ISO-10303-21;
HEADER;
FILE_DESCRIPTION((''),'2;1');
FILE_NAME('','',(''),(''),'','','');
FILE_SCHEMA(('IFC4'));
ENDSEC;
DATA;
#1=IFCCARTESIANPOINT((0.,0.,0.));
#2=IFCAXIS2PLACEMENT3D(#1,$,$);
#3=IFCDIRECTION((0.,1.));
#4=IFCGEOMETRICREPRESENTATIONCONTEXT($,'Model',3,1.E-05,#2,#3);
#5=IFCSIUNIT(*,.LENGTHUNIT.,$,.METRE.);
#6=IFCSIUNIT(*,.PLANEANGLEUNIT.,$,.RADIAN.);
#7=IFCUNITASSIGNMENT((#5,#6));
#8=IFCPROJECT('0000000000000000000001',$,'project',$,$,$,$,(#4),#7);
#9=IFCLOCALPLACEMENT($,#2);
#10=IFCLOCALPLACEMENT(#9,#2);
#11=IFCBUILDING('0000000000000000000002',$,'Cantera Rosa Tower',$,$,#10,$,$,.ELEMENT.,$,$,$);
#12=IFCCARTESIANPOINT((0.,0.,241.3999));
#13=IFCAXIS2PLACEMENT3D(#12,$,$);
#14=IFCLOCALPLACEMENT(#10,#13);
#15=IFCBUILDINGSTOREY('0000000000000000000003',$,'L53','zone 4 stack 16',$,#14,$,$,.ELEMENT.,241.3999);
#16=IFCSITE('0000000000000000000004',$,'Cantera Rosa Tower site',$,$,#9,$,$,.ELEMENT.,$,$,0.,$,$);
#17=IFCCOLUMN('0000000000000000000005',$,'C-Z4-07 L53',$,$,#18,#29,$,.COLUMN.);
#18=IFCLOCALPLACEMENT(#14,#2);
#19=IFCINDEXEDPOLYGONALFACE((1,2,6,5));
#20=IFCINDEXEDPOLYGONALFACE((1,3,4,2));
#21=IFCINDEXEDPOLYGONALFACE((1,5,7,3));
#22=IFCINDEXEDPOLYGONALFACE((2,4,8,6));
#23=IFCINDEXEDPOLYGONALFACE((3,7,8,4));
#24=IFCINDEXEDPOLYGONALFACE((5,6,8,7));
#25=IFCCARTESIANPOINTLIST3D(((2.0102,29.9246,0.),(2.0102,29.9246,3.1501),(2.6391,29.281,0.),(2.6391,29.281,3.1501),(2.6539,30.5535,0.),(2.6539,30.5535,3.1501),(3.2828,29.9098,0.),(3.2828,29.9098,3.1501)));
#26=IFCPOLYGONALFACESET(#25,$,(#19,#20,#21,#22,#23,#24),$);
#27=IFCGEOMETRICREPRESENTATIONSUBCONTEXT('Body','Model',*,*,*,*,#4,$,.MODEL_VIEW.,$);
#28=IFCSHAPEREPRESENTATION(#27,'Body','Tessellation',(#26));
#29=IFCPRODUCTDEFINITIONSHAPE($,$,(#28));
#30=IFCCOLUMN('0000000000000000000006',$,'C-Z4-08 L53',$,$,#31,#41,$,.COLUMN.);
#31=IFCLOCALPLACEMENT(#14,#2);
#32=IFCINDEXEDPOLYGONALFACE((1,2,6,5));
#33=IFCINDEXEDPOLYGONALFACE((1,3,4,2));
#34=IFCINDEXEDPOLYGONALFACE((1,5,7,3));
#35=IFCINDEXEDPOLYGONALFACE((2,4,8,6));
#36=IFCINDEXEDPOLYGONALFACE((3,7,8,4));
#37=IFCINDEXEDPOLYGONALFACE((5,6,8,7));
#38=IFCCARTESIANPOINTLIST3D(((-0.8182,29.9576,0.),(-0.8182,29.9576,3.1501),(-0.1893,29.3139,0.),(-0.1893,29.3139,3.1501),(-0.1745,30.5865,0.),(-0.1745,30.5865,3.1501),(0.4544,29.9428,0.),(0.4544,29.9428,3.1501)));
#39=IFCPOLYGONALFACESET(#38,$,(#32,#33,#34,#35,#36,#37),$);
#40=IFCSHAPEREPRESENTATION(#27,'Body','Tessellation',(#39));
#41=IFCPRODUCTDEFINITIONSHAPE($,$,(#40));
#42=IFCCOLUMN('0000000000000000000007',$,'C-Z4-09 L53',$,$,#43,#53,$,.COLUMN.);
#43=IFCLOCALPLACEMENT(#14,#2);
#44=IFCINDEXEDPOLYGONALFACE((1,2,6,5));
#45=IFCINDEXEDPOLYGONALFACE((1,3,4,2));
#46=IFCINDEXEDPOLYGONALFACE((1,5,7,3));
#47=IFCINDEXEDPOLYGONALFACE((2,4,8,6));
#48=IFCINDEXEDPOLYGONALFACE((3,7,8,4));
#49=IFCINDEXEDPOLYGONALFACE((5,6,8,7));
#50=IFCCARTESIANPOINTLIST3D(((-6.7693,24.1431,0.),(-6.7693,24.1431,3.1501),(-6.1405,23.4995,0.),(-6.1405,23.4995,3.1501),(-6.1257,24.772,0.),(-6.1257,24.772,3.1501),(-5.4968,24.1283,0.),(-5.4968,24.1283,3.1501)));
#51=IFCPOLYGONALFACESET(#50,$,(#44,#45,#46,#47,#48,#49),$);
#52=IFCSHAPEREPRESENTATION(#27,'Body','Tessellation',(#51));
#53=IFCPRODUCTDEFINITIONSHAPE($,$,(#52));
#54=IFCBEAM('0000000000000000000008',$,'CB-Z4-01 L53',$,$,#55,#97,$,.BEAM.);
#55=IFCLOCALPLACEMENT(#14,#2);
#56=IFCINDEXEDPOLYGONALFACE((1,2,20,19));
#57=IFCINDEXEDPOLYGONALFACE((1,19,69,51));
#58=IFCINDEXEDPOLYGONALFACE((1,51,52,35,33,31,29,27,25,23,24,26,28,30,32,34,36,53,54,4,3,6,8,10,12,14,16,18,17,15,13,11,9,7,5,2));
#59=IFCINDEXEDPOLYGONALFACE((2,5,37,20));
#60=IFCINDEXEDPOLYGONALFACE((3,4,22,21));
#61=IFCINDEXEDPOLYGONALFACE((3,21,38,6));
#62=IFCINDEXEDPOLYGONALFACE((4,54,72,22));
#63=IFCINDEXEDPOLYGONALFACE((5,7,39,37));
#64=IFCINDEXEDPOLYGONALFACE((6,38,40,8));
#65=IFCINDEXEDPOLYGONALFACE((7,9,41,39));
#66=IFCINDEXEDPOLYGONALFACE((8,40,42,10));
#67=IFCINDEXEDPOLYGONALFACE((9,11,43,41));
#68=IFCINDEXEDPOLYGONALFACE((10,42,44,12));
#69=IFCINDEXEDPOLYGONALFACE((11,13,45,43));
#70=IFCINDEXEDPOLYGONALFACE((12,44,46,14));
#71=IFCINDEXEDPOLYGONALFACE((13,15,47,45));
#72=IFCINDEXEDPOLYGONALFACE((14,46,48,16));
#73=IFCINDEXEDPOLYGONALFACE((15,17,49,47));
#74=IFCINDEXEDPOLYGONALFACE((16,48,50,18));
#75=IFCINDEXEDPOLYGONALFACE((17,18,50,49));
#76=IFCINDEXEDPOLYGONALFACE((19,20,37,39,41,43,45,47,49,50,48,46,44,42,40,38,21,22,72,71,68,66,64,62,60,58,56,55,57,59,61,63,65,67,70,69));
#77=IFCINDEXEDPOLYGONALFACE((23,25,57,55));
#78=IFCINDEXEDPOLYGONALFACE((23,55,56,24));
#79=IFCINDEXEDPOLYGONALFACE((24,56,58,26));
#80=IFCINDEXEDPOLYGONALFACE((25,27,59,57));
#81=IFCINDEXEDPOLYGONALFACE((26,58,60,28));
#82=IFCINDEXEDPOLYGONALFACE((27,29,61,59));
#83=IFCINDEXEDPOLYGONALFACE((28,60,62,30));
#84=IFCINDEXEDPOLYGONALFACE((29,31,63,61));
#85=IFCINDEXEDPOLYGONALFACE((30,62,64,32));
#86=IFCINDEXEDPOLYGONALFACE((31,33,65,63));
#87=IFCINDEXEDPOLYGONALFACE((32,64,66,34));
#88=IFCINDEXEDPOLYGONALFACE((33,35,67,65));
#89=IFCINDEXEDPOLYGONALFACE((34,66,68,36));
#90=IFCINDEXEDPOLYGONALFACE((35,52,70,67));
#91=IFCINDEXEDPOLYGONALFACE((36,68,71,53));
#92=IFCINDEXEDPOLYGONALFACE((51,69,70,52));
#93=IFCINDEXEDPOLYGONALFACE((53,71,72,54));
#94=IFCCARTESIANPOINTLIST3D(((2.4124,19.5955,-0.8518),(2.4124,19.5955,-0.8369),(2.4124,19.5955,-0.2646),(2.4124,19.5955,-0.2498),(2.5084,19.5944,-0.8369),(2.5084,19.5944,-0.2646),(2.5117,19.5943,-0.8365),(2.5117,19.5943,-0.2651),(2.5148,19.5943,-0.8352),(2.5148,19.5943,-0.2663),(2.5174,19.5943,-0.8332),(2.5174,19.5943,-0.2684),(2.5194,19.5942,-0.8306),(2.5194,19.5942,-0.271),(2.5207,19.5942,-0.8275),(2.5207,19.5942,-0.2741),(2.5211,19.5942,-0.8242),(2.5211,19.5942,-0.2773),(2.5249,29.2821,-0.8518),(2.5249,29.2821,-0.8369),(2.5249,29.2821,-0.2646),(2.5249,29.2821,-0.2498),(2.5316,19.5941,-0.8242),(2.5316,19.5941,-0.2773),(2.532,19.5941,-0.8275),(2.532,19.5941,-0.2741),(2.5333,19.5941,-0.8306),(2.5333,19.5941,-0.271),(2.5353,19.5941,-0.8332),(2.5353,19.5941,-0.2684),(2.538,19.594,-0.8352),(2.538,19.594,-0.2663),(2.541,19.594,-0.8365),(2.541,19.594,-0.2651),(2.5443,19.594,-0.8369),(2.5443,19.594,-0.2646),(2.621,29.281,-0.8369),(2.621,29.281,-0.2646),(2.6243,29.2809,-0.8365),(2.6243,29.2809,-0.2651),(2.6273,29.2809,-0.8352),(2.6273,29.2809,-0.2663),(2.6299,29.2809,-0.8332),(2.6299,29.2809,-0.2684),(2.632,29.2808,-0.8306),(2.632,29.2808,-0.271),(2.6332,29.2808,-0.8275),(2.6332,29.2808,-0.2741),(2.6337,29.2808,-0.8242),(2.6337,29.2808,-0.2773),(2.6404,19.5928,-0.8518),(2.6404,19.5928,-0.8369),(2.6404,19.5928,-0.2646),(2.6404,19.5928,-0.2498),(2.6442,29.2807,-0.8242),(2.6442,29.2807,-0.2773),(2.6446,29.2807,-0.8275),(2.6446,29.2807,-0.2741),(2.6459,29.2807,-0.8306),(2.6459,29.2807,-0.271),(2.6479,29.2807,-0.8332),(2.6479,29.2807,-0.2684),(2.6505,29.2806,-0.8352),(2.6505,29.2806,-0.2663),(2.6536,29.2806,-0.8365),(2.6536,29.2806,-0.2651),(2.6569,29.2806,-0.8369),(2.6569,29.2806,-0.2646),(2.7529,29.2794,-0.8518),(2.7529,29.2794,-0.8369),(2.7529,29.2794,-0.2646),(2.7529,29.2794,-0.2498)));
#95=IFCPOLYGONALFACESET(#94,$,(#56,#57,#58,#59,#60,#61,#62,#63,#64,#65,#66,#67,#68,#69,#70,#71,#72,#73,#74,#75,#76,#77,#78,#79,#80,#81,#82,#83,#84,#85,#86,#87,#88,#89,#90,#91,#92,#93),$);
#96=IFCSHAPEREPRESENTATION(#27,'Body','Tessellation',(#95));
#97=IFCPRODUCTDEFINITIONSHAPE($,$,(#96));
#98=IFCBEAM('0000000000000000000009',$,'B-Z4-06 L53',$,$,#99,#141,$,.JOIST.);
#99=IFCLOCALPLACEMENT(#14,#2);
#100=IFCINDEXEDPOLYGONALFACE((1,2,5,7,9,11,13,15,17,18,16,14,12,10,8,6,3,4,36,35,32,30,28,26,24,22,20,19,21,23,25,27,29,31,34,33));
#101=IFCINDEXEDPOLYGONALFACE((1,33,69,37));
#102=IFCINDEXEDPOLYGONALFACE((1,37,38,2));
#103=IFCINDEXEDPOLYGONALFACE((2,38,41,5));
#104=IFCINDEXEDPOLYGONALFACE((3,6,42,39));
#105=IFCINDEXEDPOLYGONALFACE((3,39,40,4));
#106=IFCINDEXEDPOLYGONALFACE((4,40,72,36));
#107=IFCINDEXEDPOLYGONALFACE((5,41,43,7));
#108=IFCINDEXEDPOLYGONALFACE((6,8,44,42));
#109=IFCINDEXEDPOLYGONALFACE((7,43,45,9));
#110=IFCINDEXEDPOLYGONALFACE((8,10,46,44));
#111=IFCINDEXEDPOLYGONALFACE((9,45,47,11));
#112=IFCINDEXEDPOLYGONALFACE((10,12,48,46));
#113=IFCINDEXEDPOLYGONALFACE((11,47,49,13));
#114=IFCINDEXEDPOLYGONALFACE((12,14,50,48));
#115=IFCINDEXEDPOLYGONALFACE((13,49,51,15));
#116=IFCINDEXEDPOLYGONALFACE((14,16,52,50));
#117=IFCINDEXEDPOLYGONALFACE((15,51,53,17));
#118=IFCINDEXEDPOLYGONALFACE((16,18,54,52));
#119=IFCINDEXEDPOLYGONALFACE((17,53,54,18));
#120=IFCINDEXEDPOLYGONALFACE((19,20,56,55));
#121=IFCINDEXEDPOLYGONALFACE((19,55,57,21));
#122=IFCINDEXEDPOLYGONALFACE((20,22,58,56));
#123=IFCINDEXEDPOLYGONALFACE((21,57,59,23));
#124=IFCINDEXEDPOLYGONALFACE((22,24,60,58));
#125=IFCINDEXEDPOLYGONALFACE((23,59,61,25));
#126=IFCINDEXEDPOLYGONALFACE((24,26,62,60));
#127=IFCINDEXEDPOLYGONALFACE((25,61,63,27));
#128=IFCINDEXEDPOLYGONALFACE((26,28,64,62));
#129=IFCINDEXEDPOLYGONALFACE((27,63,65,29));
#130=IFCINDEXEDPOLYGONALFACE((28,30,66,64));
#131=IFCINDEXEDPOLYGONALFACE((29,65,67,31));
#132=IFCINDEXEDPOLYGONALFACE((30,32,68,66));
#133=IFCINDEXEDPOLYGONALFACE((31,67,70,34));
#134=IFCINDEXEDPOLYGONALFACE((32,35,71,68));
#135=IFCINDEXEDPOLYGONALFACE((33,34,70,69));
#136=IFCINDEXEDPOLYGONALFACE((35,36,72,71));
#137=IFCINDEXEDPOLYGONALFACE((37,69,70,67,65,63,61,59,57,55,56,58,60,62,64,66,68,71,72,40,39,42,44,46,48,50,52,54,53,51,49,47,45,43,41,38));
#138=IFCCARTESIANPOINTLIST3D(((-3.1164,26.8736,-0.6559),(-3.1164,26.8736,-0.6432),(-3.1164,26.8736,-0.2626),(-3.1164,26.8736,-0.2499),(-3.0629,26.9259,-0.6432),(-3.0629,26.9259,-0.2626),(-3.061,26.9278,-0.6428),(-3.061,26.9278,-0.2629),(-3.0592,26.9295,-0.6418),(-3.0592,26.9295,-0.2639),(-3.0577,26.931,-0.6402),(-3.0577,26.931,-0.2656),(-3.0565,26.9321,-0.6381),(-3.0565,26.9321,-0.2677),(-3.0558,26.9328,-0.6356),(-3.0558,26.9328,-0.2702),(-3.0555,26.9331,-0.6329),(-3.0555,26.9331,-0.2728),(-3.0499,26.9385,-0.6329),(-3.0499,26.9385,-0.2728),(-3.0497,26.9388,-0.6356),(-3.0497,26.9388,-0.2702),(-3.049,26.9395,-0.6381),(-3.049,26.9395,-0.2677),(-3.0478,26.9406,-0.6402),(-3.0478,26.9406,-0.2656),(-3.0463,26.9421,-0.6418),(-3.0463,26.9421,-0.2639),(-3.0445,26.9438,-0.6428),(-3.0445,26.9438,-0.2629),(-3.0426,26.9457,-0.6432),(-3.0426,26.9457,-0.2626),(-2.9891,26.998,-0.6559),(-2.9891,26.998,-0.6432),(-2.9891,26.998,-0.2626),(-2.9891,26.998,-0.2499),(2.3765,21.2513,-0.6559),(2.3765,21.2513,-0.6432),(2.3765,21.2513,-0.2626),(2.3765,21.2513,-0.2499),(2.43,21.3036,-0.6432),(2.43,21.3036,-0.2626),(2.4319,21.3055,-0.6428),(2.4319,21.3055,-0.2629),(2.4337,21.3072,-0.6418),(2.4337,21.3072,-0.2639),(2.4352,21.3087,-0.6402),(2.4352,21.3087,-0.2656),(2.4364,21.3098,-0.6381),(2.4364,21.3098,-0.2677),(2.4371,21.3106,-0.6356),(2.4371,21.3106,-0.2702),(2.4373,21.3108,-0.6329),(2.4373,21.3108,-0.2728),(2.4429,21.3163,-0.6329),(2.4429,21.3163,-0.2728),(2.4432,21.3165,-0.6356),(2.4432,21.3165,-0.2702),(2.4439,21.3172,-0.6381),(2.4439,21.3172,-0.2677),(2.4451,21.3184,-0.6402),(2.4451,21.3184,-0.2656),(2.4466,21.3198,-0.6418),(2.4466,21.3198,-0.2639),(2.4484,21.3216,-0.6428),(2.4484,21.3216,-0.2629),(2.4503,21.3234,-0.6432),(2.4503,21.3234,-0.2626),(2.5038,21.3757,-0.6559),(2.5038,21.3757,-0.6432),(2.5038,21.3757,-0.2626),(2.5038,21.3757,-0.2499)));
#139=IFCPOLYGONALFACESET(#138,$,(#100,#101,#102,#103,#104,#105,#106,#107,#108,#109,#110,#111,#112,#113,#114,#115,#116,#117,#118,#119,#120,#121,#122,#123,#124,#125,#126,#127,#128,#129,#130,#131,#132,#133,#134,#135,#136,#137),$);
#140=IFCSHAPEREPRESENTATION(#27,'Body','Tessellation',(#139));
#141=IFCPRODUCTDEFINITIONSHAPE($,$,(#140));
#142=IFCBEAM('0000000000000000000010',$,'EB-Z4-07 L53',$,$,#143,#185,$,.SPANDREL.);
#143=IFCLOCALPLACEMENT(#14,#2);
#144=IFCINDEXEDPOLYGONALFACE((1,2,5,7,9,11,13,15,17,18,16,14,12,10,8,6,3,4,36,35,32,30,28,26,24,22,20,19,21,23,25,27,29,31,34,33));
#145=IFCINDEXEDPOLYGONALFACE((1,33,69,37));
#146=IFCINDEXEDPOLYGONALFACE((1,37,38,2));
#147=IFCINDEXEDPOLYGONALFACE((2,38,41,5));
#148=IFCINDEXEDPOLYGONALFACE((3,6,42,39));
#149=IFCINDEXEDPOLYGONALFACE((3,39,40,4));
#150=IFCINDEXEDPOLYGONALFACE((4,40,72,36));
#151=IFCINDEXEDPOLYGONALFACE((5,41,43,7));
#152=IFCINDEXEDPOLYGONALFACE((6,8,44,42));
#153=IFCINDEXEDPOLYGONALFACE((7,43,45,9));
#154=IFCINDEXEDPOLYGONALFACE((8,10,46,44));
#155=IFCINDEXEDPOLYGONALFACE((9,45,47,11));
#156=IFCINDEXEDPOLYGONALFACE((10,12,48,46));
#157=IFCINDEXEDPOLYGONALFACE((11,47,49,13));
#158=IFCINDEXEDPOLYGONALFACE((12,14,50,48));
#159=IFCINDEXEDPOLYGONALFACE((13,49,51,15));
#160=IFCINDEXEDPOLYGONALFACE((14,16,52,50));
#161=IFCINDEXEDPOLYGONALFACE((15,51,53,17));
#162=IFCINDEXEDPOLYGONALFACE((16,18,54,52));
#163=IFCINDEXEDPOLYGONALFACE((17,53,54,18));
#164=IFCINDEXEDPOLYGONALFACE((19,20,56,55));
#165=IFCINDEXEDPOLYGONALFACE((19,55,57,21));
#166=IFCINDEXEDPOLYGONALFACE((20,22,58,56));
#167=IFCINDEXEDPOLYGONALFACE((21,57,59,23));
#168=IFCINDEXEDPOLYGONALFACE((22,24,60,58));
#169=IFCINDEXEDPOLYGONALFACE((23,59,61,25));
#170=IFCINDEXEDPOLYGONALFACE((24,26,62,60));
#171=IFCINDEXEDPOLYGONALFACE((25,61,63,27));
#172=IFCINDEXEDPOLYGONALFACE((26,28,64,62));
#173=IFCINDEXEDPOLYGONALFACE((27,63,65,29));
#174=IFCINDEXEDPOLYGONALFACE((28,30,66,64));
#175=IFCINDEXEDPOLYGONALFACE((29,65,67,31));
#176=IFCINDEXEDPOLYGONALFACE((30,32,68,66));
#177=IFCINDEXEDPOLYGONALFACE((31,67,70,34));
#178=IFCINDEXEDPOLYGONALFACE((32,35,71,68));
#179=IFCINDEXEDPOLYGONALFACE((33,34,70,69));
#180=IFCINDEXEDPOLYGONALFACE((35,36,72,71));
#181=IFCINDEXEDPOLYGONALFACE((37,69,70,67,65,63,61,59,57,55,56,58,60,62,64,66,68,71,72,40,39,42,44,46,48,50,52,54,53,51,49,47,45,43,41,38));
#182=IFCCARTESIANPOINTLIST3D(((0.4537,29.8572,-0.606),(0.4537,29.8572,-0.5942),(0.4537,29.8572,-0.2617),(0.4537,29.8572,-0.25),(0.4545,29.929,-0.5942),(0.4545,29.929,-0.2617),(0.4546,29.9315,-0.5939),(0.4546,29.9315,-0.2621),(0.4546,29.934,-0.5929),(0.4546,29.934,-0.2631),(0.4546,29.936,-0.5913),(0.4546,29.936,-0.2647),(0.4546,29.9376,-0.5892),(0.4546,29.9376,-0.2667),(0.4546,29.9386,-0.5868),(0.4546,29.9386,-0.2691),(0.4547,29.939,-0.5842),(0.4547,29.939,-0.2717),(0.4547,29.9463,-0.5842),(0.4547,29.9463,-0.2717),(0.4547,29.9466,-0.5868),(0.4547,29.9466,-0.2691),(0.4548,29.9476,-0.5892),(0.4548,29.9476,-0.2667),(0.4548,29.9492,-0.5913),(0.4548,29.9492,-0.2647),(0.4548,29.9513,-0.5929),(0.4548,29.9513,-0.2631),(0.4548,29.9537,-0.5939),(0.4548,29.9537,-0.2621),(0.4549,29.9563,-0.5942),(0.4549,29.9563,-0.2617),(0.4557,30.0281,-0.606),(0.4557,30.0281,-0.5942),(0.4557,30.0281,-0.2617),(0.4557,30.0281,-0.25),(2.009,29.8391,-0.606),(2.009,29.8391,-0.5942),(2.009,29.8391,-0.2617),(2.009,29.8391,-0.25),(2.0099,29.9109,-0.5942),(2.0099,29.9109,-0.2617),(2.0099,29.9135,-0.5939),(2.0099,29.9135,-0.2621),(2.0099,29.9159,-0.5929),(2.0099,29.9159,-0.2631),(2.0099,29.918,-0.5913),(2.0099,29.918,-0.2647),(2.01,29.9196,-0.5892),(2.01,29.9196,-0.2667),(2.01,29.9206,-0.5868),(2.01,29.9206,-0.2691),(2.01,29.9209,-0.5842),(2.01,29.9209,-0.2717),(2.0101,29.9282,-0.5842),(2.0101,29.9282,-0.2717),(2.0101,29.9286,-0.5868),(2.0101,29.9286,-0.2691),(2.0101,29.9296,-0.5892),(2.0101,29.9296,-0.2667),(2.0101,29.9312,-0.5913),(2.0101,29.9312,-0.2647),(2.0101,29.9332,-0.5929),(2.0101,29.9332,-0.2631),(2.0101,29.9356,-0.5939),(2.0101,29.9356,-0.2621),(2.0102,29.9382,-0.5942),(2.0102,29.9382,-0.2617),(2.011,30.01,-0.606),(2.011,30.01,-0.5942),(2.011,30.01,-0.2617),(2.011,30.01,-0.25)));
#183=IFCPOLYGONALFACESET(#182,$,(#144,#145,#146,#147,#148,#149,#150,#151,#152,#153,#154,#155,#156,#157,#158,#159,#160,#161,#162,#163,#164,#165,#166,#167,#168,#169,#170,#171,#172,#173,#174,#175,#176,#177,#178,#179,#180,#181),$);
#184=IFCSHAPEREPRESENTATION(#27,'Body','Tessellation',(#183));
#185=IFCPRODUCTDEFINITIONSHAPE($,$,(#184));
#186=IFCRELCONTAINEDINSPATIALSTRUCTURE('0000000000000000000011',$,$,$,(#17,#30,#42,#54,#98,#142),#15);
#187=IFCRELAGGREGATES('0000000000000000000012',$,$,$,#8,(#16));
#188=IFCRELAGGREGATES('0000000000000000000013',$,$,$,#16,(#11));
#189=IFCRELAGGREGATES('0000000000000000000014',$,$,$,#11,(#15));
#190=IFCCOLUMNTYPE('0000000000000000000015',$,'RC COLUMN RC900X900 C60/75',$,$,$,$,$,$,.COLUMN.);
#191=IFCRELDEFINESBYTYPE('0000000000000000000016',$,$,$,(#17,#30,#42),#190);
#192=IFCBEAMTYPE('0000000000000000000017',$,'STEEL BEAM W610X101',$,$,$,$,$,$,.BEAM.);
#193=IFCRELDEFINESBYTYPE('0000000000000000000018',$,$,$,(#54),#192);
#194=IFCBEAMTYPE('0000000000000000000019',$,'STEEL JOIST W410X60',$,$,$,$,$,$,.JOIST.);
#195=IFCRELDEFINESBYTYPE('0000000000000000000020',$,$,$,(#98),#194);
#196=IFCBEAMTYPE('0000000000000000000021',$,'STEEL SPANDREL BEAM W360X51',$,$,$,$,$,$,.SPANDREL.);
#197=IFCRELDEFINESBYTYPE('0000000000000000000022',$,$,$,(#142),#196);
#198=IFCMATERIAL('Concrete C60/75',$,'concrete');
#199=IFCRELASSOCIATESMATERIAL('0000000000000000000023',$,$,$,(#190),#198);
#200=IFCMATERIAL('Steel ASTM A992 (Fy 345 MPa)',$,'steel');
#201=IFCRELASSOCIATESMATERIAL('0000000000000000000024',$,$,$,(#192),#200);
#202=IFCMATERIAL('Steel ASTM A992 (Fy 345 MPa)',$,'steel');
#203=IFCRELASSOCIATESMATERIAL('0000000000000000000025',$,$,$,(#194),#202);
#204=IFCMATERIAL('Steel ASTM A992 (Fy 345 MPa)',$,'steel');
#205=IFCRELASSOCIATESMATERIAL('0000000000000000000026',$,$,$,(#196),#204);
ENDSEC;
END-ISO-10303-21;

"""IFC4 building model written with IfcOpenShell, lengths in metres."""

from ifc_helpers import new_model, si_unit, direction, frame, origin, origin_2d, place, context, subcontext, project, spatial, rectangle, i_section, extrude, material, material_profile, profile_set, type_object, element, save


model = new_model("IFC4")

# Units and contexts
model_context = context("Model", 3, precision=1e-05, world=origin(), true_north=direction((0.0, 1.0)))
body_context = subcontext(model_context, "Body", "Model", "MODEL_VIEW")
ifc_project = project(units=[si_unit("LENGTHUNIT", "METRE"), si_unit("PLANEANGLEUNIT", "RADIAN")], contexts=[model_context])

# Site, building, storey
site_placement = place(None, origin())
site = spatial("IfcSite", under=ifc_project, at=site_placement, Name="Cantera Rosa Tower site", CompositionType="ELEMENT", RefElevation=0.0)
building_placement = place(site_placement, origin())
building = spatial("IfcBuilding", under=site, at=building_placement, Name="Cantera Rosa Tower", CompositionType="ELEMENT")
storey_placement = place(building_placement, frame((0.0, 0.0, 241.3999)))
storey = spatial("IfcBuildingStorey", under=building, at=storey_placement, Name="L53", Description="zone 4 stack 16", CompositionType="ELEMENT", Elevation=241.3999)

# Columns
ifc_material_1 = material(Name="Concrete C60/75", Category="concrete")
ifc_material_profile_1 = material_profile(ifc_material_1, rectangle(XDim=0.8999, YDim=0.8999, at=origin_2d()), Name="RC COLUMN RC900X900 C60/75")
ifc_profile_set_1 = profile_set([ifc_material_profile_1], Name="Concrete C60/75")
column_type = type_object("IfcColumnType", Name="RC COLUMN RC900X900 C60/75", PredefinedType="COLUMN", material=ifc_profile_set_1)
for number, where, z_axis, x_axis, name in (
    (1, (2.6465, 29.9172, 0.0), (0.0, 0.0, 1.0), (0.715286, 0.698832, 0.0), "C-Z4-07 L53"),
    (2, (-0.1819, 29.9502, 0.0), (0.0, 0.0, 1.0), (0.715286, 0.698832, 0.0), "C-Z4-08 L53"),
    (3, (-6.1331, 24.1357, 0.0), (0.0, 0.0, 1.0), (0.715286, 0.698832, 0.0), "C-Z4-09 L53"),
):
    element("IfcColumn", number, at=place(storey_placement, frame(where, z_axis=z_axis, x_axis=x_axis)), inside=storey, type_object=column_type, Name=name, PredefinedType="COLUMN", context=body_context, shape_type="SweptSolid", body=[
        extrude(rectangle(XDim=0.8999, YDim=0.8999, at=origin_2d()), origin(), (0.0, 0.0, 1.0), 3.1501),
    ])

# Beams
ifc_material_2 = material(Name="Steel ASTM A992 (Fy 345 MPa)", Category="steel")
ifc_material_profile_2 = material_profile(ifc_material_2, i_section(OverallWidth=0.228, OverallDepth=0.6021, WebThickness=0.0105, FlangeThickness=0.0149, FilletRadius=0.0127, at=origin_2d()), Name="W610X101")
ifc_profile_set_2 = profile_set([ifc_material_profile_2], Name="Steel ASTM A992 (Fy 345 MPa)")
beam_type_1 = type_object("IfcBeamType", Name="STEEL BEAM W610X101", PredefinedType="BEAM", material=ifc_profile_set_2)
beam_1_placement = place(storey_placement, frame((2.6389, 29.2808, -0.5508), z_axis=(-0.011618, -0.999933, 0.0), x_axis=(0.999933, -0.011618, 0.0)))
element("IfcBeam", 4, at=beam_1_placement, inside=storey, type_object=beam_type_1, Name="CB-Z4-01 L53", PredefinedType="BEAM", context=body_context, shape_type="SweptSolid", body=[
    extrude(i_section(OverallWidth=0.228, OverallDepth=0.6021, WebThickness=0.0105, FlangeThickness=0.0149, FilletRadius=0.0127, at=origin_2d()), origin(), (0.0, 0.0, 1.0), 9.6873),
])
ifc_material_3 = material(Name="Steel ASTM A992 (Fy 345 MPa)", Category="steel")
ifc_material_profile_3 = material_profile(ifc_material_3, i_section(OverallWidth=0.178, OverallDepth=0.406, WebThickness=0.0078, FlangeThickness=0.0127, FilletRadius=0.0103, at=origin_2d()), Name="W410X60")
ifc_profile_set_3 = profile_set([ifc_material_profile_3], Name="Steel ASTM A992 (Fy 345 MPa)")
beam_type_2 = type_object("IfcBeamType", Name="STEEL JOIST W410X60", PredefinedType="JOIST", material=ifc_profile_set_3)
beam_2_placement = place(storey_placement, frame((-3.0527, 26.9358, -0.4529), z_axis=(0.698828, -0.71529, 0.0), x_axis=(0.71529, 0.698828, 0.0)))
element("IfcBeam", 5, at=beam_2_placement, inside=storey, type_object=beam_type_2, Name="B-Z4-06 L53", PredefinedType="JOIST", context=body_context, shape_type="SweptSolid", body=[
    extrude(i_section(OverallWidth=0.178, OverallDepth=0.406, WebThickness=0.0078, FlangeThickness=0.0127, FilletRadius=0.0103, at=origin_2d()), origin(), (0.0, 0.0, 1.0), 7.8601),
])
ifc_material_4 = material(Name="Steel ASTM A992 (Fy 345 MPa)", Category="steel")
ifc_material_profile_4 = material_profile(ifc_material_4, i_section(OverallWidth=0.1709, OverallDepth=0.356, WebThickness=0.0073, FlangeThickness=0.0117, FilletRadius=0.01, at=origin_2d()), Name="W360X51")
ifc_profile_set_4 = profile_set([ifc_material_profile_4], Name="Steel ASTM A992 (Fy 345 MPa)")
beam_type_3 = type_object("IfcBeamType", Name="STEEL SPANDREL BEAM W360X51", PredefinedType="SPANDREL", material=ifc_profile_set_4)
beam_3_placement = place(storey_placement, frame((2.01, 29.9246, -0.428), z_axis=(-0.999933, 0.011614, 0.0), x_axis=(-0.011614, -0.999933, 0.0)))
element("IfcBeam", 6, at=beam_3_placement, inside=storey, type_object=beam_type_3, Name="EB-Z4-07 L53", PredefinedType="SPANDREL", context=body_context, shape_type="SweptSolid", body=[
    extrude(i_section(OverallWidth=0.1709, OverallDepth=0.356, WebThickness=0.0073, FlangeThickness=0.0117, FilletRadius=0.01, at=origin_2d()), origin(), (0.0, 0.0, 1.0), 1.5554),
])

save(model, "model.ifc")
